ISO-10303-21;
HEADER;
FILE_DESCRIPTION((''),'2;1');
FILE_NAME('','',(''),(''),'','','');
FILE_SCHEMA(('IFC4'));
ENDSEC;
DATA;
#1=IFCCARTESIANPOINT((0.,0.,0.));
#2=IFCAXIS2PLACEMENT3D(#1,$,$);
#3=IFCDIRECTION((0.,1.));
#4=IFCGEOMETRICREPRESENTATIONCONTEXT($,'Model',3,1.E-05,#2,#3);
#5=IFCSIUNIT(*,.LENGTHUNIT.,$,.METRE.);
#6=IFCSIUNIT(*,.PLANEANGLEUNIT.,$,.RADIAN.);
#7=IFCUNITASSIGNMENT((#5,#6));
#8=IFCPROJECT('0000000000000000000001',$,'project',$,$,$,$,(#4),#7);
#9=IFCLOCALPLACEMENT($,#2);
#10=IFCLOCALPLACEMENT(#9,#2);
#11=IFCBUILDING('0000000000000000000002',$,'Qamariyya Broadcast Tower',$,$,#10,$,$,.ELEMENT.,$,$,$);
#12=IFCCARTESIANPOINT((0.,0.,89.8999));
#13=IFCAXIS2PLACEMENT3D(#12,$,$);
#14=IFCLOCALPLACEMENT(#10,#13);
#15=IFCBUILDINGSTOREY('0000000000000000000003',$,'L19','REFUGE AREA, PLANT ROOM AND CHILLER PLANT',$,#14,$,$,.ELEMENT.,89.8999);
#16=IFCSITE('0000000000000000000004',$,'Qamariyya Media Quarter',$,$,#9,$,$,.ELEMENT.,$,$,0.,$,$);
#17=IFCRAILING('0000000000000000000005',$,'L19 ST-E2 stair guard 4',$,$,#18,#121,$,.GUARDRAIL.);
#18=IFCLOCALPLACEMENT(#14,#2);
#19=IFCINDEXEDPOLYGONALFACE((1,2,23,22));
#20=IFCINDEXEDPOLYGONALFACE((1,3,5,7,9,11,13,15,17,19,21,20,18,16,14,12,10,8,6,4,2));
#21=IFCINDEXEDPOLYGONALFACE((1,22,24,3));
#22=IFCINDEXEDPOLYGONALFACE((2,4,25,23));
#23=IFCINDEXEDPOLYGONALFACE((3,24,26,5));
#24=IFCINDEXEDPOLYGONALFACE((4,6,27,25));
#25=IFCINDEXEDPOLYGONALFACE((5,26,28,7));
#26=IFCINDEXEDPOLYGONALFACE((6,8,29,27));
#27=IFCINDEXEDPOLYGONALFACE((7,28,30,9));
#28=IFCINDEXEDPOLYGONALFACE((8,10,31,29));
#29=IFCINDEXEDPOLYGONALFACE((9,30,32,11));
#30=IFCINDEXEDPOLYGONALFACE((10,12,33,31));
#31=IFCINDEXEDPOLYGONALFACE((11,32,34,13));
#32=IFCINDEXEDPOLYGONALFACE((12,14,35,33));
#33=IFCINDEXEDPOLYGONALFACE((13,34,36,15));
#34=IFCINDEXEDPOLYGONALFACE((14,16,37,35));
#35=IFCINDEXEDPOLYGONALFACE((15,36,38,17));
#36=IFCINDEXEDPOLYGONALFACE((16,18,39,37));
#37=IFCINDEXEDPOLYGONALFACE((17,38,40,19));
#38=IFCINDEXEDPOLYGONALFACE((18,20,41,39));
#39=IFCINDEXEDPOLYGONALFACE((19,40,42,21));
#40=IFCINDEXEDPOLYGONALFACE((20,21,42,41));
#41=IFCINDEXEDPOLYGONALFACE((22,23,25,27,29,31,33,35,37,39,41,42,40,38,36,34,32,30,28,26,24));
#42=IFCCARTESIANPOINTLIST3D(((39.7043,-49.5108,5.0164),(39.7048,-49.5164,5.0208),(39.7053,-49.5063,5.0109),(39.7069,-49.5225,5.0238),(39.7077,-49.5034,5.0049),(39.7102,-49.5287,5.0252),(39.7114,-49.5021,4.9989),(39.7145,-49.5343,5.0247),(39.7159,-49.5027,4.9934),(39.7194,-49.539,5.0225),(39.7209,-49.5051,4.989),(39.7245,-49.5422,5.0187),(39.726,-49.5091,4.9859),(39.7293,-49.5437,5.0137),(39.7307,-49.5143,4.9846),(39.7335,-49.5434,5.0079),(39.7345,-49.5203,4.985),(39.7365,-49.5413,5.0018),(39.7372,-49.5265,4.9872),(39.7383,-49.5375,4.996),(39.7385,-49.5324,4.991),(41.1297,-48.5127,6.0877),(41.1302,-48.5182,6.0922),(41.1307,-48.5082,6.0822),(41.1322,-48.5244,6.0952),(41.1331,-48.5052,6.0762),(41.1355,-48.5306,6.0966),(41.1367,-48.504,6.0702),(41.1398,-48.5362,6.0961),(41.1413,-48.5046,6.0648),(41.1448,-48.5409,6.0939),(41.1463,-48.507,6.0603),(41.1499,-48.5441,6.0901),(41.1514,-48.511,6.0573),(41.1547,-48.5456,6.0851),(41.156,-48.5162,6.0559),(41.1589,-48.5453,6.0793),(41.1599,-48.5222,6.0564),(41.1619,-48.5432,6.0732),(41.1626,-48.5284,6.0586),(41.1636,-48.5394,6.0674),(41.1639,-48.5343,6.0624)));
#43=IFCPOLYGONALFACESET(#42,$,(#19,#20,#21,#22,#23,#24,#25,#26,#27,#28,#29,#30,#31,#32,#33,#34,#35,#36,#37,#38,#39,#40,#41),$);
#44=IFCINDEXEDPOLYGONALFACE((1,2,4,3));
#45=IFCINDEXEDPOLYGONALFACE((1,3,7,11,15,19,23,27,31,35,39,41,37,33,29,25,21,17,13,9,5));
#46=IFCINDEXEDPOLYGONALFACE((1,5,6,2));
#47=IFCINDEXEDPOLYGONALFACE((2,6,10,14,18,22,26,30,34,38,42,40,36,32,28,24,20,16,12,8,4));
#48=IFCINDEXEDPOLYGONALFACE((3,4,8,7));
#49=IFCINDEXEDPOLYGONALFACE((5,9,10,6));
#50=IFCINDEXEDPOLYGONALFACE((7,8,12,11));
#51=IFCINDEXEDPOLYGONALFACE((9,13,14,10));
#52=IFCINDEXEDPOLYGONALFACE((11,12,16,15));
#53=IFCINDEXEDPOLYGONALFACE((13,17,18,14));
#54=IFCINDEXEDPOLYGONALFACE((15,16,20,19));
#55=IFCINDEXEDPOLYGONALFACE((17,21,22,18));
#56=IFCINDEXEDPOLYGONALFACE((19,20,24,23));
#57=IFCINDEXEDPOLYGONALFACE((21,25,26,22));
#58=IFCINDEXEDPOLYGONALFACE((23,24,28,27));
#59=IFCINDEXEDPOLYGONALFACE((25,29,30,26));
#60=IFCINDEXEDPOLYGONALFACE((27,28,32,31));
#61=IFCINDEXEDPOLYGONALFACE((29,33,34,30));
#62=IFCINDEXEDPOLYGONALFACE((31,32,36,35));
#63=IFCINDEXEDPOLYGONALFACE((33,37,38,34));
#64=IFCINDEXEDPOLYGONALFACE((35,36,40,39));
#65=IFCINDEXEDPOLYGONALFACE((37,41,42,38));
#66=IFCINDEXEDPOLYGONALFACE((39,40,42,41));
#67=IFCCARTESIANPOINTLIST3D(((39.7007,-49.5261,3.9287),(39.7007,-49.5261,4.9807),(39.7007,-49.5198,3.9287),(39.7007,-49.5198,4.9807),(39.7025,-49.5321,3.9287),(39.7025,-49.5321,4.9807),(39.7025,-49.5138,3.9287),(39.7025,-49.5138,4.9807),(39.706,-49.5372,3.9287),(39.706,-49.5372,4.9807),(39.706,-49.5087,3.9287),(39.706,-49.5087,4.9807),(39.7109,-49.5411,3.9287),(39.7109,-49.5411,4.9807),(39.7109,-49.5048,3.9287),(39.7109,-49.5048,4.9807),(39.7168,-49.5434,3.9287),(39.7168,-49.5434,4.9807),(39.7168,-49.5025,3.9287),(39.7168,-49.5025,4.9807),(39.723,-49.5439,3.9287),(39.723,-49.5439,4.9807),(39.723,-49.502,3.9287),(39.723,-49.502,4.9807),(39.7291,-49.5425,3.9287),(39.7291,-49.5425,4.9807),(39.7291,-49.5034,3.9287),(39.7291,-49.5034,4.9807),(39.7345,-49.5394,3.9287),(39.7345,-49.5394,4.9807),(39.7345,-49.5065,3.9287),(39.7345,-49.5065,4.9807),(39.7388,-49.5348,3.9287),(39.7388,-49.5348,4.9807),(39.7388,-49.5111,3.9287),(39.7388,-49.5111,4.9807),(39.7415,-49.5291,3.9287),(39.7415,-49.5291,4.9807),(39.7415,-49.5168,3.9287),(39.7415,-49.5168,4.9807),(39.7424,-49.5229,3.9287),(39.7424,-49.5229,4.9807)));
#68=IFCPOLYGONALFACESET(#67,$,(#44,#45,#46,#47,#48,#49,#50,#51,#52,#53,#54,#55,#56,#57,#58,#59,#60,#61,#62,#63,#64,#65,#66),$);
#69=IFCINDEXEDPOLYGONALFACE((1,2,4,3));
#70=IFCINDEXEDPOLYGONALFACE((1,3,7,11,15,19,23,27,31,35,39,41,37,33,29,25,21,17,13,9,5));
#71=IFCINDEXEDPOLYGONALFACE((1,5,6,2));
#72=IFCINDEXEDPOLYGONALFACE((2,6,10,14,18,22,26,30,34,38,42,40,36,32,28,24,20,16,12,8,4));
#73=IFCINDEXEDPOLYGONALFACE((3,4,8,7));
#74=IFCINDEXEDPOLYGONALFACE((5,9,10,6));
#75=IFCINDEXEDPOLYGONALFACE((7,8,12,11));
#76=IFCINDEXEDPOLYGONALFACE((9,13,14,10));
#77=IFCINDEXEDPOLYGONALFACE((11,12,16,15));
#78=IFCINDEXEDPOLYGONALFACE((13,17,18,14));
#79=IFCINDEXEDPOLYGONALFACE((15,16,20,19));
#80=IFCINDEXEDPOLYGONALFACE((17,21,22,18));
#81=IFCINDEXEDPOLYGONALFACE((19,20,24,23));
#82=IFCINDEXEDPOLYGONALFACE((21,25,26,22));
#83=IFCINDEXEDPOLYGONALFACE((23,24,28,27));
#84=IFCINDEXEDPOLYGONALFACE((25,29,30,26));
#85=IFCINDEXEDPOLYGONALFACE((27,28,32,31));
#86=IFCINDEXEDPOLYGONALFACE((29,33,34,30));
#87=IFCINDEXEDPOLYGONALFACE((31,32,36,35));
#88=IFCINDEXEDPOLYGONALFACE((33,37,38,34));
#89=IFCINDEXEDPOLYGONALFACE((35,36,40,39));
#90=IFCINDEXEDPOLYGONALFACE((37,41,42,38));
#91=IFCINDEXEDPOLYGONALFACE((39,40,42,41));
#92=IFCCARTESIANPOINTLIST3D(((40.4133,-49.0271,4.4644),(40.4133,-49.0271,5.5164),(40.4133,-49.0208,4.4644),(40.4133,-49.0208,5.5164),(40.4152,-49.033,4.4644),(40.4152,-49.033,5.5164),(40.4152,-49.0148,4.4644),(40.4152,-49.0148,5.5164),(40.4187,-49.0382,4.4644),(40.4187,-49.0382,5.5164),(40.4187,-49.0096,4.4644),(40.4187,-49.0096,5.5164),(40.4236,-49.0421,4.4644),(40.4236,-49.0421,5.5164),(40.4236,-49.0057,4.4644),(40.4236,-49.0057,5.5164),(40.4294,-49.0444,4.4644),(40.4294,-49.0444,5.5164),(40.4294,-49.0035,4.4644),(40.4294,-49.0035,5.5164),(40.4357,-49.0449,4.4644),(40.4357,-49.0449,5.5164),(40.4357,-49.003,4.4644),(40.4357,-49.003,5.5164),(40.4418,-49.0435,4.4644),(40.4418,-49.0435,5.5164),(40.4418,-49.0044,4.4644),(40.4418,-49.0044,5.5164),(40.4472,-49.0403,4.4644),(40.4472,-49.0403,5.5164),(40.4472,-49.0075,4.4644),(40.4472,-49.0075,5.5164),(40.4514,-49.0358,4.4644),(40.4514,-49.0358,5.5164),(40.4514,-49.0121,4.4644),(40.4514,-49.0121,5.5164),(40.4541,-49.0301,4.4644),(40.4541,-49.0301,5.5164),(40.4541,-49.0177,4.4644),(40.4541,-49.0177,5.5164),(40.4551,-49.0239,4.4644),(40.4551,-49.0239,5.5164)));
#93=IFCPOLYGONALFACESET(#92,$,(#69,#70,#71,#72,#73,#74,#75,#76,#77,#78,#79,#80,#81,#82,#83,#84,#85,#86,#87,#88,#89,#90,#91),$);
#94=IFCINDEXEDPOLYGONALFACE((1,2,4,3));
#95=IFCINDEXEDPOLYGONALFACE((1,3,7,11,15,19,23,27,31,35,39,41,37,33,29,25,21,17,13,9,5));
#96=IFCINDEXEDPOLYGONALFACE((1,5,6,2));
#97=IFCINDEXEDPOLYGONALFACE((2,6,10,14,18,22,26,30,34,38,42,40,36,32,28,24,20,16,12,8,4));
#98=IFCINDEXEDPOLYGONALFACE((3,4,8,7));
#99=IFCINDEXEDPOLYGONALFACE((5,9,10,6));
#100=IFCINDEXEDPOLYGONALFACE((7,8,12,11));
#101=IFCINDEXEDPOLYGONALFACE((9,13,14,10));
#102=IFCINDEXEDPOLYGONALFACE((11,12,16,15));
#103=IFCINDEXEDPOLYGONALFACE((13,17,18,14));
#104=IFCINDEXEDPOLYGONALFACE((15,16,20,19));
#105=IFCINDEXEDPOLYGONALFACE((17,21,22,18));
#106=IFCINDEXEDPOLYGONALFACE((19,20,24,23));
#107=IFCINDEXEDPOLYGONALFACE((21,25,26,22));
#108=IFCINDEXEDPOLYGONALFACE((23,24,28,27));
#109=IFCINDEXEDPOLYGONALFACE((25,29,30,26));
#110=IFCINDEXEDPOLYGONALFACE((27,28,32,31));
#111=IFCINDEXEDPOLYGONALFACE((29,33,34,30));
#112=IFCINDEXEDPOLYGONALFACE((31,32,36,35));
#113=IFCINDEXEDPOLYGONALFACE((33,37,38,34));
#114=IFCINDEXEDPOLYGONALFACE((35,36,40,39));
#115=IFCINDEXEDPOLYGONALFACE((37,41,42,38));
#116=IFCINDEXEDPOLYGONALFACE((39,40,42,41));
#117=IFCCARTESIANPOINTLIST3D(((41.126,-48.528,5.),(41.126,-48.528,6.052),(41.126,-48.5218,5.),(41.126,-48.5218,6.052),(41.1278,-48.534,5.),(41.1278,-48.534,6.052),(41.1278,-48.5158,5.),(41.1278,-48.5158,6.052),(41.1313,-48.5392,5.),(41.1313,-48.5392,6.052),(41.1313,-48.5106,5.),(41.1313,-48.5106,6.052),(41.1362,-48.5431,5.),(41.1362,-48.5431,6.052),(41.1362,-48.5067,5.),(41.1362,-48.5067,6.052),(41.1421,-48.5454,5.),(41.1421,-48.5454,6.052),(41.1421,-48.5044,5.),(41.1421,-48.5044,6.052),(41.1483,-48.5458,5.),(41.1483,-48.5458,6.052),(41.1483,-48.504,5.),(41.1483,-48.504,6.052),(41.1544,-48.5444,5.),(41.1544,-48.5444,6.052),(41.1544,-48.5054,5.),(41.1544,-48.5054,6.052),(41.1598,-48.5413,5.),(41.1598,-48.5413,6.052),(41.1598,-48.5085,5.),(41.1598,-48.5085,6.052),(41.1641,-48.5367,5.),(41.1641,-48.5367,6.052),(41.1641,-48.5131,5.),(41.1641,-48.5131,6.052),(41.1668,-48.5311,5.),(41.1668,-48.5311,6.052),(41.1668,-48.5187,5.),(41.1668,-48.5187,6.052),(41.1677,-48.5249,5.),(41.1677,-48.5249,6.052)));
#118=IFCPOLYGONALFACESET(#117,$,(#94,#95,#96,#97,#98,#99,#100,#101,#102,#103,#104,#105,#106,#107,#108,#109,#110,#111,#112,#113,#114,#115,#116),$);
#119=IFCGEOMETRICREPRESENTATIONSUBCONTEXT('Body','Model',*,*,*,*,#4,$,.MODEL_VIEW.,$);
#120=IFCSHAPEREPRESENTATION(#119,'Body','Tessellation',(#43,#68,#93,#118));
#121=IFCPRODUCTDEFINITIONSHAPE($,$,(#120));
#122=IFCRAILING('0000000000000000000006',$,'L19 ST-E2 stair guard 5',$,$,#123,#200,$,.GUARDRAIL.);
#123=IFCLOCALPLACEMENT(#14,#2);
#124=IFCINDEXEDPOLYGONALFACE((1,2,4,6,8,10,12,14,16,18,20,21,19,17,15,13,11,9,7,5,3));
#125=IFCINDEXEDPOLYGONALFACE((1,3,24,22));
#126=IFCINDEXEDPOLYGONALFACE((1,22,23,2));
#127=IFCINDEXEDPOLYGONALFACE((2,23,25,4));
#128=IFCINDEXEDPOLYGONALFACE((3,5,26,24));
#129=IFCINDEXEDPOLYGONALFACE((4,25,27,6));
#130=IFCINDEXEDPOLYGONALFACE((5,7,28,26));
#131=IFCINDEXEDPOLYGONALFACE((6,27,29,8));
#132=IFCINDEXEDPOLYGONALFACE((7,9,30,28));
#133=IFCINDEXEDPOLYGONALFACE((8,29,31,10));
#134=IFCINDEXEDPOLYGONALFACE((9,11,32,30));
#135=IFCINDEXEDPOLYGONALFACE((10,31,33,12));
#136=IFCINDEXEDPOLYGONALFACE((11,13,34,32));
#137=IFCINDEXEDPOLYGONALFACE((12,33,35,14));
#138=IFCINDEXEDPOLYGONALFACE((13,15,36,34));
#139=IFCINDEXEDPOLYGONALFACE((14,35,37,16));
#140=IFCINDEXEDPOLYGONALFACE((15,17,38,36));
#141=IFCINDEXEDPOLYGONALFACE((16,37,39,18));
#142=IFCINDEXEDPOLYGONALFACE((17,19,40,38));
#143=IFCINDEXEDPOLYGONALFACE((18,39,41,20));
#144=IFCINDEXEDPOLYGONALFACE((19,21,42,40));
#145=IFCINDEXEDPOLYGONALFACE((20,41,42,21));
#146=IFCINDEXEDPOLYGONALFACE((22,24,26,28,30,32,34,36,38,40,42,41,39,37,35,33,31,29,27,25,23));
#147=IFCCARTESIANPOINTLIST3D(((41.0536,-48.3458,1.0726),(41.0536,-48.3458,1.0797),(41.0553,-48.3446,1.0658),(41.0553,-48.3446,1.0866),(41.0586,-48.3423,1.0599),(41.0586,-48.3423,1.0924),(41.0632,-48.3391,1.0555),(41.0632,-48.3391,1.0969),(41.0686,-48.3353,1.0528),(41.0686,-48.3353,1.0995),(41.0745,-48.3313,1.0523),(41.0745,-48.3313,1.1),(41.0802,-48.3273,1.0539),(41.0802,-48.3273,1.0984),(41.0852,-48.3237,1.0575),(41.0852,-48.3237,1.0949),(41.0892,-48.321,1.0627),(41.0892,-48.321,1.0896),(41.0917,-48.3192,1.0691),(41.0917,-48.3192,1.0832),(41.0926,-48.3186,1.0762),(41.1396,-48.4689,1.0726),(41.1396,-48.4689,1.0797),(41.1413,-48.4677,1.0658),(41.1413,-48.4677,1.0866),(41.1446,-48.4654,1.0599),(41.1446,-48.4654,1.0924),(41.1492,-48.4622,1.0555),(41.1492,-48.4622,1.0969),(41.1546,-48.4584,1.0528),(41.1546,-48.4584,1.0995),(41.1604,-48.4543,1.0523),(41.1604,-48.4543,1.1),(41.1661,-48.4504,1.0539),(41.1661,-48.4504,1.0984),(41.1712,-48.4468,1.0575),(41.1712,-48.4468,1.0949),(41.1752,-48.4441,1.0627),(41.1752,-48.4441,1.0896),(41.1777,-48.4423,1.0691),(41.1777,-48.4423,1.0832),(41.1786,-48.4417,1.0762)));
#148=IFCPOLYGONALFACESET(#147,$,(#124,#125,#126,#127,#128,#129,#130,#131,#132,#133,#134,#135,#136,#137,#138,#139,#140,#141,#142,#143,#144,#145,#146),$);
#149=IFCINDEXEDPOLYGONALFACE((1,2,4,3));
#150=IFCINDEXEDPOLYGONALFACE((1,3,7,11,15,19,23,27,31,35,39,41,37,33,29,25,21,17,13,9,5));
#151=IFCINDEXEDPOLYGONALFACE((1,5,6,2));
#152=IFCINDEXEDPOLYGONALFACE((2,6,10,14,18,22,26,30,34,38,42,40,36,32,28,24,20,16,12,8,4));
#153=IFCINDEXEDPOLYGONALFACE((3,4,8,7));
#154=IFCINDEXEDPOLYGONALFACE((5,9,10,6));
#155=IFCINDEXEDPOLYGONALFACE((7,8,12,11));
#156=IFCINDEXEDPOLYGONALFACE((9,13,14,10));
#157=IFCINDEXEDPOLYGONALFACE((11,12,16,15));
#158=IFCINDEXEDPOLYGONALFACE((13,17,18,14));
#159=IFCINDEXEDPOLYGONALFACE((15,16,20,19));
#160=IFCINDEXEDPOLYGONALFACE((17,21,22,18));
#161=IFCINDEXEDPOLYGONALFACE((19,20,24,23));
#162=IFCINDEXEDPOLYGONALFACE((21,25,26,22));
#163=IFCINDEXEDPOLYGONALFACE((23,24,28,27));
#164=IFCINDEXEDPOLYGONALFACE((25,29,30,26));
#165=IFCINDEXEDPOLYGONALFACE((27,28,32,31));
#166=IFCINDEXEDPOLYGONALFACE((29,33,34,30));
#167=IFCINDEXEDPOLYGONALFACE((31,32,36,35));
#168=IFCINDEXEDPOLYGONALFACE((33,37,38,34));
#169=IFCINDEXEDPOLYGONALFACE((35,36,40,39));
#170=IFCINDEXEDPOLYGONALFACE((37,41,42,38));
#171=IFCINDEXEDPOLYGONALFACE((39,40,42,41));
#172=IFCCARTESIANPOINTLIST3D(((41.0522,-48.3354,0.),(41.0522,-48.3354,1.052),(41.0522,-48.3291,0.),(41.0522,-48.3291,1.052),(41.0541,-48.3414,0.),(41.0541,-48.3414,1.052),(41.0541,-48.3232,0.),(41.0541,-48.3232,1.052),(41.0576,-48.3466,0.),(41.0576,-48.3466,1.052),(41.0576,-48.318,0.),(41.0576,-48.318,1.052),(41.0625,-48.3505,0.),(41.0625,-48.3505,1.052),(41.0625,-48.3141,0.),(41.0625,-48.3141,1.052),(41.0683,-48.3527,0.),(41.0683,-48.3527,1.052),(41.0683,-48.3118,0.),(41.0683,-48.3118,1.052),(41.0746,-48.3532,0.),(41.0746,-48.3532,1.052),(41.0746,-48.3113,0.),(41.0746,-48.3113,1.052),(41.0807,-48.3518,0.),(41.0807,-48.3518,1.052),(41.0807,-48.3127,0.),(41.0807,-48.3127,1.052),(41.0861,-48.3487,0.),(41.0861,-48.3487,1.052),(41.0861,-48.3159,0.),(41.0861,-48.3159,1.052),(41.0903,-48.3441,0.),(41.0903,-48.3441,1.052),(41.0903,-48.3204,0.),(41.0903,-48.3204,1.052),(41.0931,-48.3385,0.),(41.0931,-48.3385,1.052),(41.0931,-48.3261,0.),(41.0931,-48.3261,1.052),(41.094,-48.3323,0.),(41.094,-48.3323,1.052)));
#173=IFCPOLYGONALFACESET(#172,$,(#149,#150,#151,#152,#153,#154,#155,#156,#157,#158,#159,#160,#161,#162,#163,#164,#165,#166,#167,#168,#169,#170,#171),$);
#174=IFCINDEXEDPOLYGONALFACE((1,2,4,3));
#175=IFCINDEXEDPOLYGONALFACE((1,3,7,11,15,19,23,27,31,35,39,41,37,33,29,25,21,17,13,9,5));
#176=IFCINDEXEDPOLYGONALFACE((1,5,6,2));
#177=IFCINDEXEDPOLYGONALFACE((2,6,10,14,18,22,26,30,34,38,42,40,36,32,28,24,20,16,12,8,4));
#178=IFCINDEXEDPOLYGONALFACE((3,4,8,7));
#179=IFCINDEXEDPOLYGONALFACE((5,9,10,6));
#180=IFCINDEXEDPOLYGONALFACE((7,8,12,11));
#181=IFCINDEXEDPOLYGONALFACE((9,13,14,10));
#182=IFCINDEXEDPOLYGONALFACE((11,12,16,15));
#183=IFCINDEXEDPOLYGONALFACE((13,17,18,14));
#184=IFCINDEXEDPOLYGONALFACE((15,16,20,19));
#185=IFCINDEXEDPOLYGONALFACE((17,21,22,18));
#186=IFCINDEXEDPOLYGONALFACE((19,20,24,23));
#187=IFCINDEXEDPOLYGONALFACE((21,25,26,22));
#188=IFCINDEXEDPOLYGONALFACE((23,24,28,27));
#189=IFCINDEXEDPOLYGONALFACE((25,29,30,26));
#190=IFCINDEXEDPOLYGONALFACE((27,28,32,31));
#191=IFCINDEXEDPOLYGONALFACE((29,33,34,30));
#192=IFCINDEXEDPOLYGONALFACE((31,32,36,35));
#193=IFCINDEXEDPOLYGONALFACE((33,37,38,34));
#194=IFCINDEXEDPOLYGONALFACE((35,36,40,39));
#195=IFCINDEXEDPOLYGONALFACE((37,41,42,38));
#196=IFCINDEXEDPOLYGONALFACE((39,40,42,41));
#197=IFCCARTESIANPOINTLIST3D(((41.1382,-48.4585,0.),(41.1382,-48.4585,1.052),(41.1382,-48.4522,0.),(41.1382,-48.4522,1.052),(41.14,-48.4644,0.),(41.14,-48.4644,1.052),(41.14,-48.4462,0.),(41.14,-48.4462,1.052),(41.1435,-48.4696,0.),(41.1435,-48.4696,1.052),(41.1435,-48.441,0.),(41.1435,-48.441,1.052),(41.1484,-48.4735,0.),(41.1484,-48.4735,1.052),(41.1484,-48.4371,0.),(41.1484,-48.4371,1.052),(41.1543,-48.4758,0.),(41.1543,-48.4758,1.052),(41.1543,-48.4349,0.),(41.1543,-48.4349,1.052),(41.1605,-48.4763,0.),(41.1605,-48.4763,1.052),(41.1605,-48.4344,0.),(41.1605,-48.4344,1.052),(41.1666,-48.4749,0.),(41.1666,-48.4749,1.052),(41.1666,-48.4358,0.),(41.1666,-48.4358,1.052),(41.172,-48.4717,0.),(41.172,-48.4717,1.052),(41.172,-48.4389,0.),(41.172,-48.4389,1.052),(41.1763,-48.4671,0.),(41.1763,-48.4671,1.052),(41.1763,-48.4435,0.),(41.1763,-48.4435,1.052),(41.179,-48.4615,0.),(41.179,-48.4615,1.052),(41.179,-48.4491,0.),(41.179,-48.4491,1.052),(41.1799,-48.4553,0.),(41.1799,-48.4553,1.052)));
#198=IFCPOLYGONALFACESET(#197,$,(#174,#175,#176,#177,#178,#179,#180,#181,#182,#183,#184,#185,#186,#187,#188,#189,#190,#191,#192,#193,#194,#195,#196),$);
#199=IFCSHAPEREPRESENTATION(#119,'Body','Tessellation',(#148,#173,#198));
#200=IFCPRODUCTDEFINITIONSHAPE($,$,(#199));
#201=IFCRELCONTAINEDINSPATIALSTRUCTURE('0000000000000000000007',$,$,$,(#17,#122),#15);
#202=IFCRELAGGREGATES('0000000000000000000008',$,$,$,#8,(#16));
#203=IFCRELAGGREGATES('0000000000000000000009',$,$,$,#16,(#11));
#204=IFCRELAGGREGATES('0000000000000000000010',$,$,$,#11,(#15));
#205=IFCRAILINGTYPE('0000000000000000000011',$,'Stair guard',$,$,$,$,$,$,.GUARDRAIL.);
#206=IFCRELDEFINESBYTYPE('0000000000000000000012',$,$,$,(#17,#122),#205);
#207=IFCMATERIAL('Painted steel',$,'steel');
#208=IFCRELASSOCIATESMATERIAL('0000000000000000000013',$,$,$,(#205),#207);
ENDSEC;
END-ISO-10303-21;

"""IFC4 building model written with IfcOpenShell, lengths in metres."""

from ifc_helpers import new_model, si_unit, direction, frame, origin, origin_2d, place, context, subcontext, project, spatial, circle, extrude, material, type_object, element, save


model = new_model("IFC4")

# Units and contexts
model_context = context("Model", 3, precision=1e-05, world=origin(), true_north=direction((0.0, 1.0)))
body_context = subcontext(model_context, "Body", "Model", "MODEL_VIEW")
ifc_project = project(units=[si_unit("LENGTHUNIT", "METRE"), si_unit("PLANEANGLEUNIT", "RADIAN")], contexts=[model_context])

# Site, building, storey
site_placement = place(None, origin())
site = spatial("IfcSite", under=ifc_project, at=site_placement, Name="Qamariyya Media Quarter", CompositionType="ELEMENT", RefElevation=0.0)
building_placement = place(site_placement, origin())
building = spatial("IfcBuilding", under=site, at=building_placement, Name="Qamariyya Broadcast Tower", CompositionType="ELEMENT")
storey_placement = place(building_placement, frame((0.0, 0.0, 89.8999)))
storey = spatial("IfcBuildingStorey", under=building, at=storey_placement, Name="L19", Description="REFUGE AREA, PLANT ROOM AND CHILLER PLANT", CompositionType="ELEMENT", Elevation=89.8999)

# Railings
ifc_material_1 = material(Name="Painted steel", Category="steel")
railing_type_1 = type_object("IfcRailingType", Name="Stair guard", PredefinedType="GUARDRAIL", material=ifc_material_1)
railing_1_placement = place(storey_placement, frame((39.7214, -49.5229, 3.9287)))
element("IfcRailing", 1, at=railing_1_placement, inside=storey, type_object=railing_type_1, Name="L19 ST-E2 stair guard 4", PredefinedType="GUARDRAIL", context=body_context, shape_type="SweptSolid", body=[
    extrude(circle(Radius=0.0239, at=origin_2d()), frame((0.0, 0.0, 1.0762), z_axis=(0.697533, 0.48844, 0.524285), x_axis=(-0.573594, 0.81914, 0.0)), (0.0, 0.0, 1.0), 2.0435),
    extrude(circle(Radius=0.021, at=origin_2d()), origin(), (0.0, 0.0, 1.0), 1.052),
    extrude(circle(Radius=0.021, at=origin_2d()), frame((0.7126, 0.499, 0.5356)), (0.0, 0.0, 1.0), 1.052),
    extrude(circle(Radius=0.021, at=origin_2d()), frame((1.4253, 0.998, 1.0713)), (0.0, 0.0, 1.0), 1.052),
])
railing_2_placement = place(storey_placement, frame((41.073, -48.3323, 0.0)))
element("IfcRailing", 2, at=railing_2_placement, inside=storey, type_object=railing_type_1, Name="L19 ST-E2 stair guard 5", PredefinedType="GUARDRAIL", context=body_context, shape_type="SweptSolid", body=[
    extrude(circle(Radius=0.0239, at=origin_2d()), frame((0.0, 0.0, 1.0762), z_axis=(0.572589, -0.819843, 0.0), x_axis=(0.819843, 0.572589, 0.0)), (0.0, 0.0, 1.0), 0.1501),
    extrude(circle(Radius=0.021, at=origin_2d()), origin(), (0.0, 0.0, 1.0), 1.052),
    extrude(circle(Radius=0.021, at=origin_2d()), frame((0.0859, -0.123, 0.0)), (0.0, 0.0, 1.0), 1.052),
])

save(model, "model.ifc")
